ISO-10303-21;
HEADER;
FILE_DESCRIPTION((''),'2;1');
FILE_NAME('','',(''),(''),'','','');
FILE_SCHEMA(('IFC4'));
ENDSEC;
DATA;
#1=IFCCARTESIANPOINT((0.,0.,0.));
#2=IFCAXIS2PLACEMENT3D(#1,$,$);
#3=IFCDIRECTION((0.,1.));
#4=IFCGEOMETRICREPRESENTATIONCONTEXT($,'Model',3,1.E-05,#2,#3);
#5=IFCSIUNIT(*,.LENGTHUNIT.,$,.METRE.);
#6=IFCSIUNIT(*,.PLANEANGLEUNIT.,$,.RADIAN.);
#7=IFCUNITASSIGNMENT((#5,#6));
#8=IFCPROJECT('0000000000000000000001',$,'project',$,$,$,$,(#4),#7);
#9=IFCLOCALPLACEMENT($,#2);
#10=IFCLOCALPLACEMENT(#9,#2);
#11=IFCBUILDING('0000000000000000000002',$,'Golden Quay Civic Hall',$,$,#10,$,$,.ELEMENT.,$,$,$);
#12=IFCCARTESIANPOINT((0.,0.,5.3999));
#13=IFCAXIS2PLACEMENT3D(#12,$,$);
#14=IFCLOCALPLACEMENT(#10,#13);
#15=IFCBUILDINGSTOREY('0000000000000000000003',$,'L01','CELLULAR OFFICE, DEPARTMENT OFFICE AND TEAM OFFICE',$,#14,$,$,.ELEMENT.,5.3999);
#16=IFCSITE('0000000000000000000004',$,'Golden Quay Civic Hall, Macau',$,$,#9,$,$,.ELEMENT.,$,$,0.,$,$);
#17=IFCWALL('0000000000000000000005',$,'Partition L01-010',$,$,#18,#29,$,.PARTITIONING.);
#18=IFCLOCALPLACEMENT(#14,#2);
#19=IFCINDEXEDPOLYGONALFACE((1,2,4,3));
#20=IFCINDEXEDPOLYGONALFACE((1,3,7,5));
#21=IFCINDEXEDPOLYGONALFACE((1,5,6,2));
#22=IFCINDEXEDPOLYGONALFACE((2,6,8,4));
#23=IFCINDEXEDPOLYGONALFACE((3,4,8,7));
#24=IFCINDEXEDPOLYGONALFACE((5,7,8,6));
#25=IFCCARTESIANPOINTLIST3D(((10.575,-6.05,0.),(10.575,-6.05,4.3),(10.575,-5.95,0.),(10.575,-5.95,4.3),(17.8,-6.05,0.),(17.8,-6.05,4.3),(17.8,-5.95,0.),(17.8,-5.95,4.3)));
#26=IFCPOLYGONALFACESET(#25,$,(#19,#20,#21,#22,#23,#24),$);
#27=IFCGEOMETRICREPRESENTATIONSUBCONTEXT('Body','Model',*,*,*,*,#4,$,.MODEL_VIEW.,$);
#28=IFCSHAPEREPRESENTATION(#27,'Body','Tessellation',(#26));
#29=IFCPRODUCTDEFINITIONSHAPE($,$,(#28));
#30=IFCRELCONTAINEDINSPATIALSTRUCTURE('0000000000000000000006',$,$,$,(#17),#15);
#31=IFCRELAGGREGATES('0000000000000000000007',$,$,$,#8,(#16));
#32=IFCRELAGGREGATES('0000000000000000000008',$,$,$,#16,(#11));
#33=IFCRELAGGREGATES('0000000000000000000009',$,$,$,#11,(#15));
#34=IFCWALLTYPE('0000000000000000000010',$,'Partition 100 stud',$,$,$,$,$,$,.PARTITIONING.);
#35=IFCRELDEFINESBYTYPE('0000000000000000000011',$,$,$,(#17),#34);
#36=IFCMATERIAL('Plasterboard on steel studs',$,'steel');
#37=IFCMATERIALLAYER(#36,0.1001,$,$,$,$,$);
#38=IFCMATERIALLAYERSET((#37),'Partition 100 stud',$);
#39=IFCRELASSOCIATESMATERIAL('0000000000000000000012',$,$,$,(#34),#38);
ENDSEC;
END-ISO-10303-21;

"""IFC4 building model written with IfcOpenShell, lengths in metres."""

from ifc_helpers import new_model, si_unit, direction, frame, frame_2d, origin, place, context, subcontext, project, spatial, rectangle, extrude, material, layer, layer_set, type_object, element, save


model = new_model("IFC4")

# Units and contexts
model_context = context("Model", 3, precision=1e-05, world=origin(), true_north=direction((0.0, 1.0)))
body_context = subcontext(model_context, "Body", "Model", "MODEL_VIEW")
ifc_project = project(units=[si_unit("LENGTHUNIT", "METRE"), si_unit("PLANEANGLEUNIT", "RADIAN")], contexts=[model_context])

# Site, building, storey
site_placement = place(None, origin())
site = spatial("IfcSite", under=ifc_project, at=site_placement, Name="Golden Quay Civic Hall, Macau", CompositionType="ELEMENT", RefElevation=0.0)
building_placement = place(site_placement, origin())
building = spatial("IfcBuilding", under=site, at=building_placement, Name="Golden Quay Civic Hall", CompositionType="ELEMENT")
storey_placement = place(building_placement, frame((0.0, 0.0, 5.3999)))
storey = spatial("IfcBuildingStorey", under=building, at=storey_placement, Name="L01", Description="CELLULAR OFFICE, DEPARTMENT OFFICE AND TEAM OFFICE", CompositionType="ELEMENT", Elevation=5.3999)

# Wall
ifc_material_1 = material(Name="Plasterboard on steel studs", Category="steel")
ifc_layer_1 = layer(ifc_material_1, 0.1001)
ifc_layer_set_1 = layer_set([ifc_layer_1], Name="Partition 100 stud")
wall_type_1 = type_object("IfcWallType", Name="Partition 100 stud", PredefinedType="PARTITIONING", material=ifc_layer_set_1)
wall_1_placement = place(storey_placement, frame((10.575, -6.0, 0.0), z_axis=(0.0, 0.0, 1.0), x_axis=(1.0, 0.0, 0.0)))
element("IfcWall", 1, at=wall_1_placement, inside=storey, type_object=wall_type_1, Name="Partition L01-010", PredefinedType="PARTITIONING", context=body_context, shape_type="SweptSolid", body=[
    extrude(rectangle(XDim=7.2251, YDim=0.1001, at=frame_2d((3.6125, 0.0))), origin(), (0.0, 0.0, 1.0), 4.3),
])

save(model, "model.ifc")
